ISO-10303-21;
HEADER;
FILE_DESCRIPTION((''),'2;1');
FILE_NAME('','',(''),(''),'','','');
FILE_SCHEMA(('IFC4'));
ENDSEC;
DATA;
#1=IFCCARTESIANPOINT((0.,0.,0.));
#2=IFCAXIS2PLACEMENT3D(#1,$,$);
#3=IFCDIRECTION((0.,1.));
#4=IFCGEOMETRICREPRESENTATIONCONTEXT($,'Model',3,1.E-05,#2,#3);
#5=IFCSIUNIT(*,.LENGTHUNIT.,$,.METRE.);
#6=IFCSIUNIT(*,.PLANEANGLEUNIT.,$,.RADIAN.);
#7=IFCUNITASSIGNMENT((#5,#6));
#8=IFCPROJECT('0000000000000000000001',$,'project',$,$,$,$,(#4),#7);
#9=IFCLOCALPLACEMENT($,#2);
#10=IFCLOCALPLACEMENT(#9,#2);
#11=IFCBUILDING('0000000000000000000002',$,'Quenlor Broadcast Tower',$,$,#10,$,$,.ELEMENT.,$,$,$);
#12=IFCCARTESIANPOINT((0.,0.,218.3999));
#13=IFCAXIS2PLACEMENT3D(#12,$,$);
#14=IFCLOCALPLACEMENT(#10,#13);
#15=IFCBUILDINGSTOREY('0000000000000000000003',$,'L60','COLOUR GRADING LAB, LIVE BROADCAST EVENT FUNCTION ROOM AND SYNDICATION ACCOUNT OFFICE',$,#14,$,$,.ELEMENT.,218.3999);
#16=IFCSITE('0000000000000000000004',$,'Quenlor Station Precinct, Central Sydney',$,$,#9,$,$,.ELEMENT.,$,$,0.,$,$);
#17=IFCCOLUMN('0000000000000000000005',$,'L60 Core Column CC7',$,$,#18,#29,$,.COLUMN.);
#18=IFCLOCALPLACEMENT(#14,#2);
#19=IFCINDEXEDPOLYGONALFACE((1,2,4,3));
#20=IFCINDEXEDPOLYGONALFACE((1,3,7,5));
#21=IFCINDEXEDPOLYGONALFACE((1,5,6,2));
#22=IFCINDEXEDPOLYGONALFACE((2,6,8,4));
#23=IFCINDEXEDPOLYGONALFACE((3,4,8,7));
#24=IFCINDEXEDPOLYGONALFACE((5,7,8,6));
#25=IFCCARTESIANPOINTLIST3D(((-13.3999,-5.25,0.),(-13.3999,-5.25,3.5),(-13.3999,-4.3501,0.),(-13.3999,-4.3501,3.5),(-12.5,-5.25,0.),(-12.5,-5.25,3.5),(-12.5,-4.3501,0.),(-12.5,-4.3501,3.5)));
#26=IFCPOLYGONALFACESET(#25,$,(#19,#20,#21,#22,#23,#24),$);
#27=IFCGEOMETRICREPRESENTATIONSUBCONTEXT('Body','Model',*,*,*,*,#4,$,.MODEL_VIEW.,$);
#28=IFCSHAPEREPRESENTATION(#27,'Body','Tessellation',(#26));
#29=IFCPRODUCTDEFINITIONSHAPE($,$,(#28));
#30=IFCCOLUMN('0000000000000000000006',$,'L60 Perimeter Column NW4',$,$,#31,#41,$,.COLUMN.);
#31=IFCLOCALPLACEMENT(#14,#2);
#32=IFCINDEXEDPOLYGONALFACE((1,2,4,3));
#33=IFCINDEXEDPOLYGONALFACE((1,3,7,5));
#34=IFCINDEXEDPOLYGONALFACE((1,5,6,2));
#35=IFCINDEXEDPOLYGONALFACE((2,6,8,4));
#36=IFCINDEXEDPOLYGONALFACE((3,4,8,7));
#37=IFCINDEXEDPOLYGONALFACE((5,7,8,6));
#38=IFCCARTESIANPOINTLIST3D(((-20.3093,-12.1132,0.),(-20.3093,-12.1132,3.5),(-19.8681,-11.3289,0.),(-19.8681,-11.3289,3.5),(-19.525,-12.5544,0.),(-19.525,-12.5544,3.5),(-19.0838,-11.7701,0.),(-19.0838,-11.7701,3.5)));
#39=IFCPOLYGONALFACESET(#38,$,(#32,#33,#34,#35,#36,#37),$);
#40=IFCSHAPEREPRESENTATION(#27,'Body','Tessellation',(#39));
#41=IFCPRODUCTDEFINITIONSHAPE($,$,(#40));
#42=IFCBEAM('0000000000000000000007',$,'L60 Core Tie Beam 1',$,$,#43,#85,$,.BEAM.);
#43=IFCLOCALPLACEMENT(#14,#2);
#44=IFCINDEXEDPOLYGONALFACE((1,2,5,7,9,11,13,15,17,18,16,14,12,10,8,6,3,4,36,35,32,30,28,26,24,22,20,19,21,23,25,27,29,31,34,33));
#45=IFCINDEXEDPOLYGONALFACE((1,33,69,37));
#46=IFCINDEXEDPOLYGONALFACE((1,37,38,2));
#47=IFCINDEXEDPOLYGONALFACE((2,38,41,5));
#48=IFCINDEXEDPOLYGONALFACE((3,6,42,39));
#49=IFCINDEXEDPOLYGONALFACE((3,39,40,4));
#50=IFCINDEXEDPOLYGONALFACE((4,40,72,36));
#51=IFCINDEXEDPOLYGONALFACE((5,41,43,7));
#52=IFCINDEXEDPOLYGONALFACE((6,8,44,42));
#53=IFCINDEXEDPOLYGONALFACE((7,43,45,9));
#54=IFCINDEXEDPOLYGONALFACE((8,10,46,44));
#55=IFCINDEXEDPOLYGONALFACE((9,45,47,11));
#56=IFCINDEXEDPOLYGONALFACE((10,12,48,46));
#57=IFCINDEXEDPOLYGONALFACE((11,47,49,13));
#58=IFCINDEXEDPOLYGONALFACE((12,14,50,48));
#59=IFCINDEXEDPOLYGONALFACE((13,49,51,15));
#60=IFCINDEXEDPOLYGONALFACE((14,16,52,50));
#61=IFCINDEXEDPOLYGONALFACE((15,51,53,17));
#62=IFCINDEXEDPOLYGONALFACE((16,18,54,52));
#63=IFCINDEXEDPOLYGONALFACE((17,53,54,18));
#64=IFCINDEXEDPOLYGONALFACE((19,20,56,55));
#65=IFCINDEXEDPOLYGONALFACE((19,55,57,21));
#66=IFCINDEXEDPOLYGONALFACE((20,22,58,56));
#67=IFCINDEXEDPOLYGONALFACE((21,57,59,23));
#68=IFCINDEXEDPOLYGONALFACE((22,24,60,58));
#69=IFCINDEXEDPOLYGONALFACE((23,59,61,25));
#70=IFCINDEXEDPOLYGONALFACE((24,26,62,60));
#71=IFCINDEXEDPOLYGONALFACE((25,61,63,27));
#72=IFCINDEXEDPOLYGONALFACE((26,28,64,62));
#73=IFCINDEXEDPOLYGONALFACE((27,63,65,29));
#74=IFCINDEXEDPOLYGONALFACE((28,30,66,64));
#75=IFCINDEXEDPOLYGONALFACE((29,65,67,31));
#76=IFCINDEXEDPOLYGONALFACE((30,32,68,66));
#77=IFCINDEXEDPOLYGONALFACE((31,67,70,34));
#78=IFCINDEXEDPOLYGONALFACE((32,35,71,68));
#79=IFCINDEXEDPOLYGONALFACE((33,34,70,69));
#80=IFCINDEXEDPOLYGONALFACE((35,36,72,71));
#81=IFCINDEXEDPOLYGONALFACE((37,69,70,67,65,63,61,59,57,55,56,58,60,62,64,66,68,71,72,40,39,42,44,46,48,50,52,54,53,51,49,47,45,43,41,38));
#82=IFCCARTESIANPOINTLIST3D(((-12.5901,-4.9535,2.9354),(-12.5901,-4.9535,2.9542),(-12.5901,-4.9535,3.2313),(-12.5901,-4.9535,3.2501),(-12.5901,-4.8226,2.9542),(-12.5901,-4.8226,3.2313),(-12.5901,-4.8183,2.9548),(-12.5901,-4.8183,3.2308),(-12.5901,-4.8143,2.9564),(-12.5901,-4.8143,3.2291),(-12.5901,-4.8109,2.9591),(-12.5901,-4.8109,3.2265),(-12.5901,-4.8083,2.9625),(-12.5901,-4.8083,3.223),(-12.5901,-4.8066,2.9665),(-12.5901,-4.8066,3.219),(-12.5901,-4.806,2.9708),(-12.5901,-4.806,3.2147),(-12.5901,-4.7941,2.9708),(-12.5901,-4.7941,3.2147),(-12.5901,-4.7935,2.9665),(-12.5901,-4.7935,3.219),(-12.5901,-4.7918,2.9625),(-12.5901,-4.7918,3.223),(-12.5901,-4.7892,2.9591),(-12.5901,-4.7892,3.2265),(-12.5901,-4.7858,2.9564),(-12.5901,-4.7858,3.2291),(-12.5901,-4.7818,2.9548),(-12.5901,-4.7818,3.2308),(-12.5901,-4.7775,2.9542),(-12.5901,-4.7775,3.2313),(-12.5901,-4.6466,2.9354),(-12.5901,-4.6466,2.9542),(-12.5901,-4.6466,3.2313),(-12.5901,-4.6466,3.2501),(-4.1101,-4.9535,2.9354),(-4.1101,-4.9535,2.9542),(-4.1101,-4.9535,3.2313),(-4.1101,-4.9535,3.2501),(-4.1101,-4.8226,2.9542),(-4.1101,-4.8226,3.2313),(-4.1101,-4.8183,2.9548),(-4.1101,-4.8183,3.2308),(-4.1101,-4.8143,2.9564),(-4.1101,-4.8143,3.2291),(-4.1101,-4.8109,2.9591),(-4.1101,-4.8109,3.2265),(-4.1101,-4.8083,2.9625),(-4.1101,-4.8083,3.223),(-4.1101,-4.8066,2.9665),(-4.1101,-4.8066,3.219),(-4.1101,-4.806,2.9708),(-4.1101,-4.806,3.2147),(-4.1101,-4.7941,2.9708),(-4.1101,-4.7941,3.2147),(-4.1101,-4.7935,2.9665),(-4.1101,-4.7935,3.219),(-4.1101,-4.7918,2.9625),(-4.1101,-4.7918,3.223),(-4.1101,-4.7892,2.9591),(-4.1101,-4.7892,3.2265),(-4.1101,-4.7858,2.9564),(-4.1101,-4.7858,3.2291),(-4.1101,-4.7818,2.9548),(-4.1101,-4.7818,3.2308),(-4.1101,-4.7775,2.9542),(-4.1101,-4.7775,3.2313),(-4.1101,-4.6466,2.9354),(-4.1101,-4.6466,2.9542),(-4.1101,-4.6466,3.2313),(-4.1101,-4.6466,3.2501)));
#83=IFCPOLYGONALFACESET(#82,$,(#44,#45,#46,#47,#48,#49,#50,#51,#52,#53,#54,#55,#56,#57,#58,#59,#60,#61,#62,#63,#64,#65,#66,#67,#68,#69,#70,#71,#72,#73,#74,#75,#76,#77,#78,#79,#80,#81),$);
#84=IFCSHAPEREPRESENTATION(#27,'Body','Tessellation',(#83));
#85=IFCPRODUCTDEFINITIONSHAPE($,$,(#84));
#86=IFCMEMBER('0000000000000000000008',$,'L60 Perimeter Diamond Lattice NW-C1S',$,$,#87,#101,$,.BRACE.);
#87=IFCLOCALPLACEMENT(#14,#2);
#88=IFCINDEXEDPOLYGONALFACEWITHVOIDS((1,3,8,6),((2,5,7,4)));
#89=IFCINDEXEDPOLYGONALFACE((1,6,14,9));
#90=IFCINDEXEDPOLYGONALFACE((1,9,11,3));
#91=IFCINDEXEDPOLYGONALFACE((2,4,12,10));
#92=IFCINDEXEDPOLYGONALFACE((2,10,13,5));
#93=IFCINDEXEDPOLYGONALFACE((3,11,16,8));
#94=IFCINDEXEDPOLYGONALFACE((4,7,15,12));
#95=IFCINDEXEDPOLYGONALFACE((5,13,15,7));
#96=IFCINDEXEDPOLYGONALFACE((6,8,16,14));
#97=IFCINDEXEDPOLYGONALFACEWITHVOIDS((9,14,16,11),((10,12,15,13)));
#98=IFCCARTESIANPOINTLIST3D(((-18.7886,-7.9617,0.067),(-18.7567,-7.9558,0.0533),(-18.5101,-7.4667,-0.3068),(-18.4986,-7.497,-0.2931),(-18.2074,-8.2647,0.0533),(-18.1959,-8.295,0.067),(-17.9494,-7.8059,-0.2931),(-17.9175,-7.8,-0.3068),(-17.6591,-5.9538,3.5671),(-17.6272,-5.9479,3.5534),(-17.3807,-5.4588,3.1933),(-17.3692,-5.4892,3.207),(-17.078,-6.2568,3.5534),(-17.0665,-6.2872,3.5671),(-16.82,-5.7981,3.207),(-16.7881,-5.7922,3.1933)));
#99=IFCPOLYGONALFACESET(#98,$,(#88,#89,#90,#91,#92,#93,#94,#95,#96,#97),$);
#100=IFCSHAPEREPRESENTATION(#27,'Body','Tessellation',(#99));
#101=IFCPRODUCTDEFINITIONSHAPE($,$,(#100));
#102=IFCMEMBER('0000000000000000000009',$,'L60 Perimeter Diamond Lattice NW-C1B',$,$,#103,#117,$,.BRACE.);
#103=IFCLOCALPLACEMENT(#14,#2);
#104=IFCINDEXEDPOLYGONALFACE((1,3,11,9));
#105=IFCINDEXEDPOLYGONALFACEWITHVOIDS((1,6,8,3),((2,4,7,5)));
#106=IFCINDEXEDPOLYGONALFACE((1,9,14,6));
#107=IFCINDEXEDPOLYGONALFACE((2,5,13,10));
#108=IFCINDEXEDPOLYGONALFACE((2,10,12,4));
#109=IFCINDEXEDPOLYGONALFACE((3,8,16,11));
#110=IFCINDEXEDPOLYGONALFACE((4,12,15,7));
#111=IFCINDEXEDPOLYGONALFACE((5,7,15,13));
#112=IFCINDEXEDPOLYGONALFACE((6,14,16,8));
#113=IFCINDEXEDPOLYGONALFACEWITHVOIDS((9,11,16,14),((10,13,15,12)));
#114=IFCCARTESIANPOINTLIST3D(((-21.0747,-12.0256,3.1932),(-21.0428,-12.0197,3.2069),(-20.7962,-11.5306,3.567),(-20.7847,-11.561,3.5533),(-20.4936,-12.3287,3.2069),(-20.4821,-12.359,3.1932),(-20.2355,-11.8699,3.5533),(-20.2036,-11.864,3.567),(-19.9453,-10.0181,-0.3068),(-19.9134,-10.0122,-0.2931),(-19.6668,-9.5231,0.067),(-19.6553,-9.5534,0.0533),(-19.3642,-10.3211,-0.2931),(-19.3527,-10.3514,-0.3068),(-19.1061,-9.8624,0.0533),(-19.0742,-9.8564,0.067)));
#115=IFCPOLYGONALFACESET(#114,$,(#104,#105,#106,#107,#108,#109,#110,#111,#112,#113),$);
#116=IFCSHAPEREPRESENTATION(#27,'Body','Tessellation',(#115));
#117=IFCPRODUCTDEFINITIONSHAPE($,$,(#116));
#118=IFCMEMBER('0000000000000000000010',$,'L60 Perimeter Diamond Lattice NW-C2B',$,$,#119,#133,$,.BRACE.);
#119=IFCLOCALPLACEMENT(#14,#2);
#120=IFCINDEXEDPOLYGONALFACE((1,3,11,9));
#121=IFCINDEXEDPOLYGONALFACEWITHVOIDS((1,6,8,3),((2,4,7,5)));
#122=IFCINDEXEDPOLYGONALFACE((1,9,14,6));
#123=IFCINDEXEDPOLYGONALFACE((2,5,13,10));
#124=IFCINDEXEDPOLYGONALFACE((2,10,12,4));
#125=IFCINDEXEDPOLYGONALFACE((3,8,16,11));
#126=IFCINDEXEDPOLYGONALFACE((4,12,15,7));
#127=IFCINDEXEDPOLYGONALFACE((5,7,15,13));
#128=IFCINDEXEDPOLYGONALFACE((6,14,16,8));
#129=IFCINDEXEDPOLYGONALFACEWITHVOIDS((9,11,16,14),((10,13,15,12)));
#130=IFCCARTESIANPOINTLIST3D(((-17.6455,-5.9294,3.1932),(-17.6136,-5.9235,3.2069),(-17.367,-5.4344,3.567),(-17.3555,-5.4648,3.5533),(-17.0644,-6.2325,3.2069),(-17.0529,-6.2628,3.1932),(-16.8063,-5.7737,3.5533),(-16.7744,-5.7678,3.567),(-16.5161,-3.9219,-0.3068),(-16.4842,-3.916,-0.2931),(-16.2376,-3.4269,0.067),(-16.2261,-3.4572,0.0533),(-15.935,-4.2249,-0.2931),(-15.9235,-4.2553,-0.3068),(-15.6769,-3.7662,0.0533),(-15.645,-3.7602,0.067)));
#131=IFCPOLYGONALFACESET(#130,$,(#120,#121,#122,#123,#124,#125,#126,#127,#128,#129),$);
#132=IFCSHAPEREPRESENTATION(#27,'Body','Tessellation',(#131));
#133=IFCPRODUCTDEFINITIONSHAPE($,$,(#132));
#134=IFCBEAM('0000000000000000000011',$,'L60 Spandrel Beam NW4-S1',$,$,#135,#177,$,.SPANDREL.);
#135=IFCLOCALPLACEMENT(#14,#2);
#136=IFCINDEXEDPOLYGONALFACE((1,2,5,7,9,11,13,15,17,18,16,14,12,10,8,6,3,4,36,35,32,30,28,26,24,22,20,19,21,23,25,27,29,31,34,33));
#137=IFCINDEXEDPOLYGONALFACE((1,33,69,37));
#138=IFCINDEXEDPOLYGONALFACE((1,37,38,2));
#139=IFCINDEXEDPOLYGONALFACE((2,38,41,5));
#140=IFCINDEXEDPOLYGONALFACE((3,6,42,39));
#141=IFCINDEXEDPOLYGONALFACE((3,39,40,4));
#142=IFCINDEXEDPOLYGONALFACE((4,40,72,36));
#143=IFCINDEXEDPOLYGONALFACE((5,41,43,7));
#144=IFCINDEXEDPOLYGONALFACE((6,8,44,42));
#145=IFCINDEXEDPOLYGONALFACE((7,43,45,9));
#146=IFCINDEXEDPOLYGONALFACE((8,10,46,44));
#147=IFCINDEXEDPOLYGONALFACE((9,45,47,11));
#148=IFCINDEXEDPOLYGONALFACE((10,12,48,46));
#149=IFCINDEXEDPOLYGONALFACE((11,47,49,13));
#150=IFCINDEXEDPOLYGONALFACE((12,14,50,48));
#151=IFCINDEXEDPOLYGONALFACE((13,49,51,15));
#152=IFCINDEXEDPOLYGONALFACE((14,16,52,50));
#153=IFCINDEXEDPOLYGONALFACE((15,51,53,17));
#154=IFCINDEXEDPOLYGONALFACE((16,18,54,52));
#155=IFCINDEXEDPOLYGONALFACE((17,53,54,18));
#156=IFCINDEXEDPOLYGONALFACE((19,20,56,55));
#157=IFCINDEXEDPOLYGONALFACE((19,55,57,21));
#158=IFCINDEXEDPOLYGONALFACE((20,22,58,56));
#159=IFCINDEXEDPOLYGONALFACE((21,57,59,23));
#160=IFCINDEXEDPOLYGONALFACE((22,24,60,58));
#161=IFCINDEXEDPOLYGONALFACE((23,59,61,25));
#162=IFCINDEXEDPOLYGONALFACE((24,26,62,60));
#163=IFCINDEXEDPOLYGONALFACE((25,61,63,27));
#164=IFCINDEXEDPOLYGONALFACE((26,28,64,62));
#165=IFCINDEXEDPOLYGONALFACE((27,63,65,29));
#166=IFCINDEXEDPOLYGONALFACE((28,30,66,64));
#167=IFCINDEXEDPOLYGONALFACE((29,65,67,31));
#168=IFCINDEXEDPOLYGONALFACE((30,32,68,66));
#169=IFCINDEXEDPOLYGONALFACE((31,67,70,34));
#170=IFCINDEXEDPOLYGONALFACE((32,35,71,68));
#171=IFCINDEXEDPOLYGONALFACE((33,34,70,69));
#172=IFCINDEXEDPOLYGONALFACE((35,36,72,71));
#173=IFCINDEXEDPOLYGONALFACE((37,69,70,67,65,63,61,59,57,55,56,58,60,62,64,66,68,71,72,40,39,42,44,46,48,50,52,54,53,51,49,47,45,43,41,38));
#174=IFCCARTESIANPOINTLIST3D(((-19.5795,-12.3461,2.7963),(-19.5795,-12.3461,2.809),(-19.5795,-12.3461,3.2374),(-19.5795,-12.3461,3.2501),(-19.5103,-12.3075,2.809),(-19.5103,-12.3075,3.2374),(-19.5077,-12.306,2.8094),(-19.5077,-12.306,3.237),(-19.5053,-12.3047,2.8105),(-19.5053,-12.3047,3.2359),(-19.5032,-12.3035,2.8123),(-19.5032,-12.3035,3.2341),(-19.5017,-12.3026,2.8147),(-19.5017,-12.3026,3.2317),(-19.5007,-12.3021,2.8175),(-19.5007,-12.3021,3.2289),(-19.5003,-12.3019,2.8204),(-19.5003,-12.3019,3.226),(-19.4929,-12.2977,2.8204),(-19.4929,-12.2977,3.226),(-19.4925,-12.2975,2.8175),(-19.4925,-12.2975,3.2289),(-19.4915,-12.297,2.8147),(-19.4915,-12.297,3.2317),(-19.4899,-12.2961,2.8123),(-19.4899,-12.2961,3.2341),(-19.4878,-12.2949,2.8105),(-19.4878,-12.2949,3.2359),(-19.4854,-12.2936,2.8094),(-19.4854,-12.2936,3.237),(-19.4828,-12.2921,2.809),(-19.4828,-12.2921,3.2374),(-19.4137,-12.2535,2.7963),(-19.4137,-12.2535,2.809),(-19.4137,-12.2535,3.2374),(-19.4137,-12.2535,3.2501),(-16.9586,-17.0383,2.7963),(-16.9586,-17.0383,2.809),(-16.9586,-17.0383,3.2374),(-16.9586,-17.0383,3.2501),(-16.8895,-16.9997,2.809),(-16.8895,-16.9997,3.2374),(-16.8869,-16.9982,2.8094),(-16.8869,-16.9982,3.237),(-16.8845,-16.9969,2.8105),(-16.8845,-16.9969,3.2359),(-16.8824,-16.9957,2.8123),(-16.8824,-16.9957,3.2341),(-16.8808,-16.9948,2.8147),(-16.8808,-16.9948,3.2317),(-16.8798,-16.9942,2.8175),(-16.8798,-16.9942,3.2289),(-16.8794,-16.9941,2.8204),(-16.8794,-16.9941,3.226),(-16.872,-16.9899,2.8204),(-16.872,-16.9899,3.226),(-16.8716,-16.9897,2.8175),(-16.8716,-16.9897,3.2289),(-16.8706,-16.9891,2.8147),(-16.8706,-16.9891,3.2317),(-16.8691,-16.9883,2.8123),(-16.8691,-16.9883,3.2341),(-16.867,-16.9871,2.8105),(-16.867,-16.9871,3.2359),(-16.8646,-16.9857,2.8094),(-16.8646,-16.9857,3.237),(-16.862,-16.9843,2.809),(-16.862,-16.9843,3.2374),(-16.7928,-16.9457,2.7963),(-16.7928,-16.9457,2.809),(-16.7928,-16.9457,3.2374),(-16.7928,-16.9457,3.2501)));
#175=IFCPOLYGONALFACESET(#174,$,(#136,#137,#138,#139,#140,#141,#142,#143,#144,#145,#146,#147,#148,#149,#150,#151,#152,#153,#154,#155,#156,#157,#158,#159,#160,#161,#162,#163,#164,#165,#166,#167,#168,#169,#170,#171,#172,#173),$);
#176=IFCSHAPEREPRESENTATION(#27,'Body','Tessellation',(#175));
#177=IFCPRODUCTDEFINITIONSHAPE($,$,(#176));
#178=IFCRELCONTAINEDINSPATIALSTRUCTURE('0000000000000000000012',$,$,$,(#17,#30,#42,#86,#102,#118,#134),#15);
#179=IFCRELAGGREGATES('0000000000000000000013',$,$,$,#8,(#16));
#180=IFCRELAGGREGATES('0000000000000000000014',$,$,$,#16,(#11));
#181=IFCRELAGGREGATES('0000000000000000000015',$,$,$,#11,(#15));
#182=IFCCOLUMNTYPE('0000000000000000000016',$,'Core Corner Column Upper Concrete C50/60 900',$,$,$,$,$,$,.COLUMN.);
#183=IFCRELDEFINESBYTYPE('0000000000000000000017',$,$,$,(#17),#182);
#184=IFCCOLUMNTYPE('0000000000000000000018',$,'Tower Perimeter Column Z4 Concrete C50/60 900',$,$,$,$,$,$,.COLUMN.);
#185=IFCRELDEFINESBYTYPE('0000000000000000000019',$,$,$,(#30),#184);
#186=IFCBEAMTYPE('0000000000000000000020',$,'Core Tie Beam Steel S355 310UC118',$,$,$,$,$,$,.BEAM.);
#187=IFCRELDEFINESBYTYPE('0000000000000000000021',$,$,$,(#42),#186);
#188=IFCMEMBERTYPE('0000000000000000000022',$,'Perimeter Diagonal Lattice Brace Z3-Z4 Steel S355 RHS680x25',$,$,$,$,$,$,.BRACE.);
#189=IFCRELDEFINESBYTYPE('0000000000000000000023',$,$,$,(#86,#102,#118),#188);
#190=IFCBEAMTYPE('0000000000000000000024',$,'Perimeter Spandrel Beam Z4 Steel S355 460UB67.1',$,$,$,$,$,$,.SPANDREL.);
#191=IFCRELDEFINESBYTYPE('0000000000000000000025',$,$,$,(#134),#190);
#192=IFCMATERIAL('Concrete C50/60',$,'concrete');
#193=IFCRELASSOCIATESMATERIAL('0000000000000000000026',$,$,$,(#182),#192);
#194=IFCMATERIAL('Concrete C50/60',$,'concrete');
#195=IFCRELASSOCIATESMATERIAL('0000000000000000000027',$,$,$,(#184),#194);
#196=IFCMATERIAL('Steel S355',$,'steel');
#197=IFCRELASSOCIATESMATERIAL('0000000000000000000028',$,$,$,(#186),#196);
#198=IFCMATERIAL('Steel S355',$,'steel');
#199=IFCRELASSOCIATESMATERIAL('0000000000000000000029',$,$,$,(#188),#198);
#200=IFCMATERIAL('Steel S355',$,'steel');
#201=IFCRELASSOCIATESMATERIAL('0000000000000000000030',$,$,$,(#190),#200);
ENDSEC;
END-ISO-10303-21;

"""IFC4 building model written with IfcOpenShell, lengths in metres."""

from ifc_helpers import new_model, si_unit, direction, frame, origin, origin_2d, place, context, subcontext, project, spatial, rectangle, hollow_rectangle, i_section, extrude, material, material_profile, profile_set, type_object, element, save


model = new_model("IFC4")

# Units and contexts
model_context = context("Model", 3, precision=1e-05, world=origin(), true_north=direction((0.0, 1.0)))
body_context = subcontext(model_context, "Body", "Model", "MODEL_VIEW")
ifc_project = project(units=[si_unit("LENGTHUNIT", "METRE"), si_unit("PLANEANGLEUNIT", "RADIAN")], contexts=[model_context])

# Site, building, storey
site_placement = place(None, origin())
site = spatial("IfcSite", under=ifc_project, at=site_placement, Name="Quenlor Station Precinct, Central Sydney", CompositionType="ELEMENT", RefElevation=0.0)
building_placement = place(site_placement, origin())
building = spatial("IfcBuilding", under=site, at=building_placement, Name="Quenlor Broadcast Tower", CompositionType="ELEMENT")
storey_placement = place(building_placement, frame((0.0, 0.0, 218.3999)))
storey = spatial("IfcBuildingStorey", under=building, at=storey_placement, Name="L60", Description="COLOUR GRADING LAB, LIVE BROADCAST EVENT FUNCTION ROOM AND SYNDICATION ACCOUNT OFFICE", CompositionType="ELEMENT", Elevation=218.3999)

# Columns
ifc_material_1 = material(Name="Concrete C50/60", Category="concrete")
ifc_material_profile_1 = material_profile(ifc_material_1, rectangle(XDim=0.8999, YDim=0.8999, at=origin_2d()))
ifc_profile_set_1 = profile_set([ifc_material_profile_1], Name="Concrete C50/60 RC900x900")
column_type_1 = type_object("IfcColumnType", Name="Core Corner Column Upper Concrete C50/60 900", PredefinedType="COLUMN", material=ifc_profile_set_1)
column_1_placement = place(storey_placement, frame((-12.95, -4.8, 0.0), z_axis=(0.0, 0.0, 1.0), x_axis=(1.0, 0.0, 0.0)))
element("IfcColumn", 1, at=column_1_placement, inside=storey, type_object=column_type_1, Name="L60 Core Column CC7", PredefinedType="COLUMN", context=body_context, shape_type="SweptSolid", body=[
    extrude(rectangle(XDim=0.8999, YDim=0.8999, at=origin_2d()), origin(), (0.0, 0.0, 1.0), 3.5),
])
ifc_material_2 = material(Name="Concrete C50/60", Category="concrete")
ifc_material_profile_2 = material_profile(ifc_material_2, rectangle(XDim=0.8999, YDim=0.8999, at=origin_2d()))
ifc_profile_set_2 = profile_set([ifc_material_profile_2], Name="Concrete C50/60 RC900x900")
column_type_2 = type_object("IfcColumnType", Name="Tower Perimeter Column Z4 Concrete C50/60 900", PredefinedType="COLUMN", material=ifc_profile_set_2)
column_2_placement = place(storey_placement, frame((-19.6965, -11.9417, 0.0), z_axis=(0.0, 0.0, 1.0), x_axis=(-0.871575, 0.490262, 0.0)))
element("IfcColumn", 2, at=column_2_placement, inside=storey, type_object=column_type_2, Name="L60 Perimeter Column NW4", PredefinedType="COLUMN", context=body_context, shape_type="SweptSolid", body=[
    extrude(rectangle(XDim=0.8999, YDim=0.8999, at=origin_2d()), origin(), (0.0, 0.0, 1.0), 3.5),
])

# Beam
ifc_material_3 = material(Name="Steel S355", Category="steel")
ifc_material_profile_3 = material_profile(ifc_material_3, i_section(OverallWidth=0.3069, OverallDepth=0.3147, WebThickness=0.012, FlangeThickness=0.0188, FilletRadius=0.0166, at=origin_2d()))
ifc_profile_set_3 = profile_set([ifc_material_profile_3], Name="Steel S355 310UC118")
beam_type_1 = type_object("IfcBeamType", Name="Core Tie Beam Steel S355 310UC118", PredefinedType="BEAM", material=ifc_profile_set_3)
beam_1_placement = place(storey_placement, frame((-12.5901, -4.8, 3.0928), z_axis=(1.0, 0.0, 0.0), x_axis=(0.0, 1.0, 0.0)))
element("IfcBeam", 3, at=beam_1_placement, inside=storey, type_object=beam_type_1, Name="L60 Core Tie Beam 1", PredefinedType="BEAM", context=body_context, shape_type="SweptSolid", body=[
    extrude(i_section(OverallWidth=0.3069, OverallDepth=0.3147, WebThickness=0.012, FlangeThickness=0.0188, FilletRadius=0.0166, at=origin_2d()), origin(), (0.0, 0.0, 1.0), 8.48),
])

# Members
ifc_material_4 = material(Name="Steel S355", Category="steel")
ifc_material_profile_4 = material_profile(ifc_material_4, hollow_rectangle(XDim=0.6799, YDim=0.6799, WallThickness=0.0249, at=origin_2d()))
ifc_profile_set_4 = profile_set([ifc_material_profile_4], Name="Steel S355 RHS680x680x25")
member_type = type_object("IfcMemberType", Name="Perimeter Diagonal Lattice Brace Z3-Z4 Steel S355 RHS680x25", PredefinedType="BRACE", material=ifc_profile_set_4)
member_placement = place(storey_placement, frame((-18.353, -7.8809, -0.1199), z_axis=(0.26954, 0.479181, 0.835305), x_axis=(-0.871576, 0.490261, 0.0)))
element("IfcMember", 4, at=member_placement, inside=storey, type_object=member_type, Name="L60 Perimeter Diamond Lattice NW-C1S", PredefinedType="BRACE", context=body_context, shape_type="SweptSolid", body=[
    extrude(hollow_rectangle(XDim=0.6799, YDim=0.6799, WallThickness=0.0249, at=origin_2d()), origin(), (0.0, 0.0, 1.0), 4.1902),
])
for number, where, z_axis, x_axis, name in (
    (5, (-19.5098, -9.9373, -0.1199), (-0.269547, -0.479136, 0.835328), (0.87155, -0.490307, 0.0), "L60 Perimeter Diamond Lattice NW-C1B"),
    (6, (-16.0806, -3.8411, -0.1199), (-0.269547, -0.479136, 0.835328), (0.87155, -0.490307, 0.0), "L60 Perimeter Diamond Lattice NW-C2B"),
):
    element("IfcMember", number, at=place(storey_placement, frame(where, z_axis=z_axis, x_axis=x_axis)), inside=storey, type_object=member_type, Name=name, PredefinedType="BRACE", context=body_context, shape_type="SweptSolid", body=[
        extrude(hollow_rectangle(XDim=0.6799, YDim=0.6799, WallThickness=0.0249, at=origin_2d()), origin(), (0.0, 0.0, 1.0), 4.1899),
    ])

# Beam
ifc_material_5 = material(Name="Steel S355", Category="steel")
ifc_material_profile_5 = material_profile(ifc_material_5, i_section(OverallWidth=0.1899, OverallDepth=0.4539, WebThickness=0.0085, FlangeThickness=0.0127, FilletRadius=0.0115, at=origin_2d()))
ifc_profile_set_5 = profile_set([ifc_material_profile_5], Name="Steel S355 460UB67.1")
beam_type_2 = type_object("IfcBeamType", Name="Perimeter Spandrel Beam Z4 Steel S355 460UB67.1", PredefinedType="SPANDREL", material=ifc_profile_set_5)
beam_2_placement = place(storey_placement, frame((-19.4966, -12.2998, 3.0232), z_axis=(0.487647, -0.873041, 0.0), x_axis=(0.873041, 0.487647, 0.0)))
element("IfcBeam", 7, at=beam_2_placement, inside=storey, type_object=beam_type_2, Name="L60 Spandrel Beam NW4-S1", PredefinedType="SPANDREL", context=body_context, shape_type="SweptSolid", body=[
    extrude(i_section(OverallWidth=0.1899, OverallDepth=0.4539, WebThickness=0.0085, FlangeThickness=0.0127, FilletRadius=0.0115, at=origin_2d()), origin(), (0.0, 0.0, 1.0), 5.3745),
])

save(model, "model.ifc")
